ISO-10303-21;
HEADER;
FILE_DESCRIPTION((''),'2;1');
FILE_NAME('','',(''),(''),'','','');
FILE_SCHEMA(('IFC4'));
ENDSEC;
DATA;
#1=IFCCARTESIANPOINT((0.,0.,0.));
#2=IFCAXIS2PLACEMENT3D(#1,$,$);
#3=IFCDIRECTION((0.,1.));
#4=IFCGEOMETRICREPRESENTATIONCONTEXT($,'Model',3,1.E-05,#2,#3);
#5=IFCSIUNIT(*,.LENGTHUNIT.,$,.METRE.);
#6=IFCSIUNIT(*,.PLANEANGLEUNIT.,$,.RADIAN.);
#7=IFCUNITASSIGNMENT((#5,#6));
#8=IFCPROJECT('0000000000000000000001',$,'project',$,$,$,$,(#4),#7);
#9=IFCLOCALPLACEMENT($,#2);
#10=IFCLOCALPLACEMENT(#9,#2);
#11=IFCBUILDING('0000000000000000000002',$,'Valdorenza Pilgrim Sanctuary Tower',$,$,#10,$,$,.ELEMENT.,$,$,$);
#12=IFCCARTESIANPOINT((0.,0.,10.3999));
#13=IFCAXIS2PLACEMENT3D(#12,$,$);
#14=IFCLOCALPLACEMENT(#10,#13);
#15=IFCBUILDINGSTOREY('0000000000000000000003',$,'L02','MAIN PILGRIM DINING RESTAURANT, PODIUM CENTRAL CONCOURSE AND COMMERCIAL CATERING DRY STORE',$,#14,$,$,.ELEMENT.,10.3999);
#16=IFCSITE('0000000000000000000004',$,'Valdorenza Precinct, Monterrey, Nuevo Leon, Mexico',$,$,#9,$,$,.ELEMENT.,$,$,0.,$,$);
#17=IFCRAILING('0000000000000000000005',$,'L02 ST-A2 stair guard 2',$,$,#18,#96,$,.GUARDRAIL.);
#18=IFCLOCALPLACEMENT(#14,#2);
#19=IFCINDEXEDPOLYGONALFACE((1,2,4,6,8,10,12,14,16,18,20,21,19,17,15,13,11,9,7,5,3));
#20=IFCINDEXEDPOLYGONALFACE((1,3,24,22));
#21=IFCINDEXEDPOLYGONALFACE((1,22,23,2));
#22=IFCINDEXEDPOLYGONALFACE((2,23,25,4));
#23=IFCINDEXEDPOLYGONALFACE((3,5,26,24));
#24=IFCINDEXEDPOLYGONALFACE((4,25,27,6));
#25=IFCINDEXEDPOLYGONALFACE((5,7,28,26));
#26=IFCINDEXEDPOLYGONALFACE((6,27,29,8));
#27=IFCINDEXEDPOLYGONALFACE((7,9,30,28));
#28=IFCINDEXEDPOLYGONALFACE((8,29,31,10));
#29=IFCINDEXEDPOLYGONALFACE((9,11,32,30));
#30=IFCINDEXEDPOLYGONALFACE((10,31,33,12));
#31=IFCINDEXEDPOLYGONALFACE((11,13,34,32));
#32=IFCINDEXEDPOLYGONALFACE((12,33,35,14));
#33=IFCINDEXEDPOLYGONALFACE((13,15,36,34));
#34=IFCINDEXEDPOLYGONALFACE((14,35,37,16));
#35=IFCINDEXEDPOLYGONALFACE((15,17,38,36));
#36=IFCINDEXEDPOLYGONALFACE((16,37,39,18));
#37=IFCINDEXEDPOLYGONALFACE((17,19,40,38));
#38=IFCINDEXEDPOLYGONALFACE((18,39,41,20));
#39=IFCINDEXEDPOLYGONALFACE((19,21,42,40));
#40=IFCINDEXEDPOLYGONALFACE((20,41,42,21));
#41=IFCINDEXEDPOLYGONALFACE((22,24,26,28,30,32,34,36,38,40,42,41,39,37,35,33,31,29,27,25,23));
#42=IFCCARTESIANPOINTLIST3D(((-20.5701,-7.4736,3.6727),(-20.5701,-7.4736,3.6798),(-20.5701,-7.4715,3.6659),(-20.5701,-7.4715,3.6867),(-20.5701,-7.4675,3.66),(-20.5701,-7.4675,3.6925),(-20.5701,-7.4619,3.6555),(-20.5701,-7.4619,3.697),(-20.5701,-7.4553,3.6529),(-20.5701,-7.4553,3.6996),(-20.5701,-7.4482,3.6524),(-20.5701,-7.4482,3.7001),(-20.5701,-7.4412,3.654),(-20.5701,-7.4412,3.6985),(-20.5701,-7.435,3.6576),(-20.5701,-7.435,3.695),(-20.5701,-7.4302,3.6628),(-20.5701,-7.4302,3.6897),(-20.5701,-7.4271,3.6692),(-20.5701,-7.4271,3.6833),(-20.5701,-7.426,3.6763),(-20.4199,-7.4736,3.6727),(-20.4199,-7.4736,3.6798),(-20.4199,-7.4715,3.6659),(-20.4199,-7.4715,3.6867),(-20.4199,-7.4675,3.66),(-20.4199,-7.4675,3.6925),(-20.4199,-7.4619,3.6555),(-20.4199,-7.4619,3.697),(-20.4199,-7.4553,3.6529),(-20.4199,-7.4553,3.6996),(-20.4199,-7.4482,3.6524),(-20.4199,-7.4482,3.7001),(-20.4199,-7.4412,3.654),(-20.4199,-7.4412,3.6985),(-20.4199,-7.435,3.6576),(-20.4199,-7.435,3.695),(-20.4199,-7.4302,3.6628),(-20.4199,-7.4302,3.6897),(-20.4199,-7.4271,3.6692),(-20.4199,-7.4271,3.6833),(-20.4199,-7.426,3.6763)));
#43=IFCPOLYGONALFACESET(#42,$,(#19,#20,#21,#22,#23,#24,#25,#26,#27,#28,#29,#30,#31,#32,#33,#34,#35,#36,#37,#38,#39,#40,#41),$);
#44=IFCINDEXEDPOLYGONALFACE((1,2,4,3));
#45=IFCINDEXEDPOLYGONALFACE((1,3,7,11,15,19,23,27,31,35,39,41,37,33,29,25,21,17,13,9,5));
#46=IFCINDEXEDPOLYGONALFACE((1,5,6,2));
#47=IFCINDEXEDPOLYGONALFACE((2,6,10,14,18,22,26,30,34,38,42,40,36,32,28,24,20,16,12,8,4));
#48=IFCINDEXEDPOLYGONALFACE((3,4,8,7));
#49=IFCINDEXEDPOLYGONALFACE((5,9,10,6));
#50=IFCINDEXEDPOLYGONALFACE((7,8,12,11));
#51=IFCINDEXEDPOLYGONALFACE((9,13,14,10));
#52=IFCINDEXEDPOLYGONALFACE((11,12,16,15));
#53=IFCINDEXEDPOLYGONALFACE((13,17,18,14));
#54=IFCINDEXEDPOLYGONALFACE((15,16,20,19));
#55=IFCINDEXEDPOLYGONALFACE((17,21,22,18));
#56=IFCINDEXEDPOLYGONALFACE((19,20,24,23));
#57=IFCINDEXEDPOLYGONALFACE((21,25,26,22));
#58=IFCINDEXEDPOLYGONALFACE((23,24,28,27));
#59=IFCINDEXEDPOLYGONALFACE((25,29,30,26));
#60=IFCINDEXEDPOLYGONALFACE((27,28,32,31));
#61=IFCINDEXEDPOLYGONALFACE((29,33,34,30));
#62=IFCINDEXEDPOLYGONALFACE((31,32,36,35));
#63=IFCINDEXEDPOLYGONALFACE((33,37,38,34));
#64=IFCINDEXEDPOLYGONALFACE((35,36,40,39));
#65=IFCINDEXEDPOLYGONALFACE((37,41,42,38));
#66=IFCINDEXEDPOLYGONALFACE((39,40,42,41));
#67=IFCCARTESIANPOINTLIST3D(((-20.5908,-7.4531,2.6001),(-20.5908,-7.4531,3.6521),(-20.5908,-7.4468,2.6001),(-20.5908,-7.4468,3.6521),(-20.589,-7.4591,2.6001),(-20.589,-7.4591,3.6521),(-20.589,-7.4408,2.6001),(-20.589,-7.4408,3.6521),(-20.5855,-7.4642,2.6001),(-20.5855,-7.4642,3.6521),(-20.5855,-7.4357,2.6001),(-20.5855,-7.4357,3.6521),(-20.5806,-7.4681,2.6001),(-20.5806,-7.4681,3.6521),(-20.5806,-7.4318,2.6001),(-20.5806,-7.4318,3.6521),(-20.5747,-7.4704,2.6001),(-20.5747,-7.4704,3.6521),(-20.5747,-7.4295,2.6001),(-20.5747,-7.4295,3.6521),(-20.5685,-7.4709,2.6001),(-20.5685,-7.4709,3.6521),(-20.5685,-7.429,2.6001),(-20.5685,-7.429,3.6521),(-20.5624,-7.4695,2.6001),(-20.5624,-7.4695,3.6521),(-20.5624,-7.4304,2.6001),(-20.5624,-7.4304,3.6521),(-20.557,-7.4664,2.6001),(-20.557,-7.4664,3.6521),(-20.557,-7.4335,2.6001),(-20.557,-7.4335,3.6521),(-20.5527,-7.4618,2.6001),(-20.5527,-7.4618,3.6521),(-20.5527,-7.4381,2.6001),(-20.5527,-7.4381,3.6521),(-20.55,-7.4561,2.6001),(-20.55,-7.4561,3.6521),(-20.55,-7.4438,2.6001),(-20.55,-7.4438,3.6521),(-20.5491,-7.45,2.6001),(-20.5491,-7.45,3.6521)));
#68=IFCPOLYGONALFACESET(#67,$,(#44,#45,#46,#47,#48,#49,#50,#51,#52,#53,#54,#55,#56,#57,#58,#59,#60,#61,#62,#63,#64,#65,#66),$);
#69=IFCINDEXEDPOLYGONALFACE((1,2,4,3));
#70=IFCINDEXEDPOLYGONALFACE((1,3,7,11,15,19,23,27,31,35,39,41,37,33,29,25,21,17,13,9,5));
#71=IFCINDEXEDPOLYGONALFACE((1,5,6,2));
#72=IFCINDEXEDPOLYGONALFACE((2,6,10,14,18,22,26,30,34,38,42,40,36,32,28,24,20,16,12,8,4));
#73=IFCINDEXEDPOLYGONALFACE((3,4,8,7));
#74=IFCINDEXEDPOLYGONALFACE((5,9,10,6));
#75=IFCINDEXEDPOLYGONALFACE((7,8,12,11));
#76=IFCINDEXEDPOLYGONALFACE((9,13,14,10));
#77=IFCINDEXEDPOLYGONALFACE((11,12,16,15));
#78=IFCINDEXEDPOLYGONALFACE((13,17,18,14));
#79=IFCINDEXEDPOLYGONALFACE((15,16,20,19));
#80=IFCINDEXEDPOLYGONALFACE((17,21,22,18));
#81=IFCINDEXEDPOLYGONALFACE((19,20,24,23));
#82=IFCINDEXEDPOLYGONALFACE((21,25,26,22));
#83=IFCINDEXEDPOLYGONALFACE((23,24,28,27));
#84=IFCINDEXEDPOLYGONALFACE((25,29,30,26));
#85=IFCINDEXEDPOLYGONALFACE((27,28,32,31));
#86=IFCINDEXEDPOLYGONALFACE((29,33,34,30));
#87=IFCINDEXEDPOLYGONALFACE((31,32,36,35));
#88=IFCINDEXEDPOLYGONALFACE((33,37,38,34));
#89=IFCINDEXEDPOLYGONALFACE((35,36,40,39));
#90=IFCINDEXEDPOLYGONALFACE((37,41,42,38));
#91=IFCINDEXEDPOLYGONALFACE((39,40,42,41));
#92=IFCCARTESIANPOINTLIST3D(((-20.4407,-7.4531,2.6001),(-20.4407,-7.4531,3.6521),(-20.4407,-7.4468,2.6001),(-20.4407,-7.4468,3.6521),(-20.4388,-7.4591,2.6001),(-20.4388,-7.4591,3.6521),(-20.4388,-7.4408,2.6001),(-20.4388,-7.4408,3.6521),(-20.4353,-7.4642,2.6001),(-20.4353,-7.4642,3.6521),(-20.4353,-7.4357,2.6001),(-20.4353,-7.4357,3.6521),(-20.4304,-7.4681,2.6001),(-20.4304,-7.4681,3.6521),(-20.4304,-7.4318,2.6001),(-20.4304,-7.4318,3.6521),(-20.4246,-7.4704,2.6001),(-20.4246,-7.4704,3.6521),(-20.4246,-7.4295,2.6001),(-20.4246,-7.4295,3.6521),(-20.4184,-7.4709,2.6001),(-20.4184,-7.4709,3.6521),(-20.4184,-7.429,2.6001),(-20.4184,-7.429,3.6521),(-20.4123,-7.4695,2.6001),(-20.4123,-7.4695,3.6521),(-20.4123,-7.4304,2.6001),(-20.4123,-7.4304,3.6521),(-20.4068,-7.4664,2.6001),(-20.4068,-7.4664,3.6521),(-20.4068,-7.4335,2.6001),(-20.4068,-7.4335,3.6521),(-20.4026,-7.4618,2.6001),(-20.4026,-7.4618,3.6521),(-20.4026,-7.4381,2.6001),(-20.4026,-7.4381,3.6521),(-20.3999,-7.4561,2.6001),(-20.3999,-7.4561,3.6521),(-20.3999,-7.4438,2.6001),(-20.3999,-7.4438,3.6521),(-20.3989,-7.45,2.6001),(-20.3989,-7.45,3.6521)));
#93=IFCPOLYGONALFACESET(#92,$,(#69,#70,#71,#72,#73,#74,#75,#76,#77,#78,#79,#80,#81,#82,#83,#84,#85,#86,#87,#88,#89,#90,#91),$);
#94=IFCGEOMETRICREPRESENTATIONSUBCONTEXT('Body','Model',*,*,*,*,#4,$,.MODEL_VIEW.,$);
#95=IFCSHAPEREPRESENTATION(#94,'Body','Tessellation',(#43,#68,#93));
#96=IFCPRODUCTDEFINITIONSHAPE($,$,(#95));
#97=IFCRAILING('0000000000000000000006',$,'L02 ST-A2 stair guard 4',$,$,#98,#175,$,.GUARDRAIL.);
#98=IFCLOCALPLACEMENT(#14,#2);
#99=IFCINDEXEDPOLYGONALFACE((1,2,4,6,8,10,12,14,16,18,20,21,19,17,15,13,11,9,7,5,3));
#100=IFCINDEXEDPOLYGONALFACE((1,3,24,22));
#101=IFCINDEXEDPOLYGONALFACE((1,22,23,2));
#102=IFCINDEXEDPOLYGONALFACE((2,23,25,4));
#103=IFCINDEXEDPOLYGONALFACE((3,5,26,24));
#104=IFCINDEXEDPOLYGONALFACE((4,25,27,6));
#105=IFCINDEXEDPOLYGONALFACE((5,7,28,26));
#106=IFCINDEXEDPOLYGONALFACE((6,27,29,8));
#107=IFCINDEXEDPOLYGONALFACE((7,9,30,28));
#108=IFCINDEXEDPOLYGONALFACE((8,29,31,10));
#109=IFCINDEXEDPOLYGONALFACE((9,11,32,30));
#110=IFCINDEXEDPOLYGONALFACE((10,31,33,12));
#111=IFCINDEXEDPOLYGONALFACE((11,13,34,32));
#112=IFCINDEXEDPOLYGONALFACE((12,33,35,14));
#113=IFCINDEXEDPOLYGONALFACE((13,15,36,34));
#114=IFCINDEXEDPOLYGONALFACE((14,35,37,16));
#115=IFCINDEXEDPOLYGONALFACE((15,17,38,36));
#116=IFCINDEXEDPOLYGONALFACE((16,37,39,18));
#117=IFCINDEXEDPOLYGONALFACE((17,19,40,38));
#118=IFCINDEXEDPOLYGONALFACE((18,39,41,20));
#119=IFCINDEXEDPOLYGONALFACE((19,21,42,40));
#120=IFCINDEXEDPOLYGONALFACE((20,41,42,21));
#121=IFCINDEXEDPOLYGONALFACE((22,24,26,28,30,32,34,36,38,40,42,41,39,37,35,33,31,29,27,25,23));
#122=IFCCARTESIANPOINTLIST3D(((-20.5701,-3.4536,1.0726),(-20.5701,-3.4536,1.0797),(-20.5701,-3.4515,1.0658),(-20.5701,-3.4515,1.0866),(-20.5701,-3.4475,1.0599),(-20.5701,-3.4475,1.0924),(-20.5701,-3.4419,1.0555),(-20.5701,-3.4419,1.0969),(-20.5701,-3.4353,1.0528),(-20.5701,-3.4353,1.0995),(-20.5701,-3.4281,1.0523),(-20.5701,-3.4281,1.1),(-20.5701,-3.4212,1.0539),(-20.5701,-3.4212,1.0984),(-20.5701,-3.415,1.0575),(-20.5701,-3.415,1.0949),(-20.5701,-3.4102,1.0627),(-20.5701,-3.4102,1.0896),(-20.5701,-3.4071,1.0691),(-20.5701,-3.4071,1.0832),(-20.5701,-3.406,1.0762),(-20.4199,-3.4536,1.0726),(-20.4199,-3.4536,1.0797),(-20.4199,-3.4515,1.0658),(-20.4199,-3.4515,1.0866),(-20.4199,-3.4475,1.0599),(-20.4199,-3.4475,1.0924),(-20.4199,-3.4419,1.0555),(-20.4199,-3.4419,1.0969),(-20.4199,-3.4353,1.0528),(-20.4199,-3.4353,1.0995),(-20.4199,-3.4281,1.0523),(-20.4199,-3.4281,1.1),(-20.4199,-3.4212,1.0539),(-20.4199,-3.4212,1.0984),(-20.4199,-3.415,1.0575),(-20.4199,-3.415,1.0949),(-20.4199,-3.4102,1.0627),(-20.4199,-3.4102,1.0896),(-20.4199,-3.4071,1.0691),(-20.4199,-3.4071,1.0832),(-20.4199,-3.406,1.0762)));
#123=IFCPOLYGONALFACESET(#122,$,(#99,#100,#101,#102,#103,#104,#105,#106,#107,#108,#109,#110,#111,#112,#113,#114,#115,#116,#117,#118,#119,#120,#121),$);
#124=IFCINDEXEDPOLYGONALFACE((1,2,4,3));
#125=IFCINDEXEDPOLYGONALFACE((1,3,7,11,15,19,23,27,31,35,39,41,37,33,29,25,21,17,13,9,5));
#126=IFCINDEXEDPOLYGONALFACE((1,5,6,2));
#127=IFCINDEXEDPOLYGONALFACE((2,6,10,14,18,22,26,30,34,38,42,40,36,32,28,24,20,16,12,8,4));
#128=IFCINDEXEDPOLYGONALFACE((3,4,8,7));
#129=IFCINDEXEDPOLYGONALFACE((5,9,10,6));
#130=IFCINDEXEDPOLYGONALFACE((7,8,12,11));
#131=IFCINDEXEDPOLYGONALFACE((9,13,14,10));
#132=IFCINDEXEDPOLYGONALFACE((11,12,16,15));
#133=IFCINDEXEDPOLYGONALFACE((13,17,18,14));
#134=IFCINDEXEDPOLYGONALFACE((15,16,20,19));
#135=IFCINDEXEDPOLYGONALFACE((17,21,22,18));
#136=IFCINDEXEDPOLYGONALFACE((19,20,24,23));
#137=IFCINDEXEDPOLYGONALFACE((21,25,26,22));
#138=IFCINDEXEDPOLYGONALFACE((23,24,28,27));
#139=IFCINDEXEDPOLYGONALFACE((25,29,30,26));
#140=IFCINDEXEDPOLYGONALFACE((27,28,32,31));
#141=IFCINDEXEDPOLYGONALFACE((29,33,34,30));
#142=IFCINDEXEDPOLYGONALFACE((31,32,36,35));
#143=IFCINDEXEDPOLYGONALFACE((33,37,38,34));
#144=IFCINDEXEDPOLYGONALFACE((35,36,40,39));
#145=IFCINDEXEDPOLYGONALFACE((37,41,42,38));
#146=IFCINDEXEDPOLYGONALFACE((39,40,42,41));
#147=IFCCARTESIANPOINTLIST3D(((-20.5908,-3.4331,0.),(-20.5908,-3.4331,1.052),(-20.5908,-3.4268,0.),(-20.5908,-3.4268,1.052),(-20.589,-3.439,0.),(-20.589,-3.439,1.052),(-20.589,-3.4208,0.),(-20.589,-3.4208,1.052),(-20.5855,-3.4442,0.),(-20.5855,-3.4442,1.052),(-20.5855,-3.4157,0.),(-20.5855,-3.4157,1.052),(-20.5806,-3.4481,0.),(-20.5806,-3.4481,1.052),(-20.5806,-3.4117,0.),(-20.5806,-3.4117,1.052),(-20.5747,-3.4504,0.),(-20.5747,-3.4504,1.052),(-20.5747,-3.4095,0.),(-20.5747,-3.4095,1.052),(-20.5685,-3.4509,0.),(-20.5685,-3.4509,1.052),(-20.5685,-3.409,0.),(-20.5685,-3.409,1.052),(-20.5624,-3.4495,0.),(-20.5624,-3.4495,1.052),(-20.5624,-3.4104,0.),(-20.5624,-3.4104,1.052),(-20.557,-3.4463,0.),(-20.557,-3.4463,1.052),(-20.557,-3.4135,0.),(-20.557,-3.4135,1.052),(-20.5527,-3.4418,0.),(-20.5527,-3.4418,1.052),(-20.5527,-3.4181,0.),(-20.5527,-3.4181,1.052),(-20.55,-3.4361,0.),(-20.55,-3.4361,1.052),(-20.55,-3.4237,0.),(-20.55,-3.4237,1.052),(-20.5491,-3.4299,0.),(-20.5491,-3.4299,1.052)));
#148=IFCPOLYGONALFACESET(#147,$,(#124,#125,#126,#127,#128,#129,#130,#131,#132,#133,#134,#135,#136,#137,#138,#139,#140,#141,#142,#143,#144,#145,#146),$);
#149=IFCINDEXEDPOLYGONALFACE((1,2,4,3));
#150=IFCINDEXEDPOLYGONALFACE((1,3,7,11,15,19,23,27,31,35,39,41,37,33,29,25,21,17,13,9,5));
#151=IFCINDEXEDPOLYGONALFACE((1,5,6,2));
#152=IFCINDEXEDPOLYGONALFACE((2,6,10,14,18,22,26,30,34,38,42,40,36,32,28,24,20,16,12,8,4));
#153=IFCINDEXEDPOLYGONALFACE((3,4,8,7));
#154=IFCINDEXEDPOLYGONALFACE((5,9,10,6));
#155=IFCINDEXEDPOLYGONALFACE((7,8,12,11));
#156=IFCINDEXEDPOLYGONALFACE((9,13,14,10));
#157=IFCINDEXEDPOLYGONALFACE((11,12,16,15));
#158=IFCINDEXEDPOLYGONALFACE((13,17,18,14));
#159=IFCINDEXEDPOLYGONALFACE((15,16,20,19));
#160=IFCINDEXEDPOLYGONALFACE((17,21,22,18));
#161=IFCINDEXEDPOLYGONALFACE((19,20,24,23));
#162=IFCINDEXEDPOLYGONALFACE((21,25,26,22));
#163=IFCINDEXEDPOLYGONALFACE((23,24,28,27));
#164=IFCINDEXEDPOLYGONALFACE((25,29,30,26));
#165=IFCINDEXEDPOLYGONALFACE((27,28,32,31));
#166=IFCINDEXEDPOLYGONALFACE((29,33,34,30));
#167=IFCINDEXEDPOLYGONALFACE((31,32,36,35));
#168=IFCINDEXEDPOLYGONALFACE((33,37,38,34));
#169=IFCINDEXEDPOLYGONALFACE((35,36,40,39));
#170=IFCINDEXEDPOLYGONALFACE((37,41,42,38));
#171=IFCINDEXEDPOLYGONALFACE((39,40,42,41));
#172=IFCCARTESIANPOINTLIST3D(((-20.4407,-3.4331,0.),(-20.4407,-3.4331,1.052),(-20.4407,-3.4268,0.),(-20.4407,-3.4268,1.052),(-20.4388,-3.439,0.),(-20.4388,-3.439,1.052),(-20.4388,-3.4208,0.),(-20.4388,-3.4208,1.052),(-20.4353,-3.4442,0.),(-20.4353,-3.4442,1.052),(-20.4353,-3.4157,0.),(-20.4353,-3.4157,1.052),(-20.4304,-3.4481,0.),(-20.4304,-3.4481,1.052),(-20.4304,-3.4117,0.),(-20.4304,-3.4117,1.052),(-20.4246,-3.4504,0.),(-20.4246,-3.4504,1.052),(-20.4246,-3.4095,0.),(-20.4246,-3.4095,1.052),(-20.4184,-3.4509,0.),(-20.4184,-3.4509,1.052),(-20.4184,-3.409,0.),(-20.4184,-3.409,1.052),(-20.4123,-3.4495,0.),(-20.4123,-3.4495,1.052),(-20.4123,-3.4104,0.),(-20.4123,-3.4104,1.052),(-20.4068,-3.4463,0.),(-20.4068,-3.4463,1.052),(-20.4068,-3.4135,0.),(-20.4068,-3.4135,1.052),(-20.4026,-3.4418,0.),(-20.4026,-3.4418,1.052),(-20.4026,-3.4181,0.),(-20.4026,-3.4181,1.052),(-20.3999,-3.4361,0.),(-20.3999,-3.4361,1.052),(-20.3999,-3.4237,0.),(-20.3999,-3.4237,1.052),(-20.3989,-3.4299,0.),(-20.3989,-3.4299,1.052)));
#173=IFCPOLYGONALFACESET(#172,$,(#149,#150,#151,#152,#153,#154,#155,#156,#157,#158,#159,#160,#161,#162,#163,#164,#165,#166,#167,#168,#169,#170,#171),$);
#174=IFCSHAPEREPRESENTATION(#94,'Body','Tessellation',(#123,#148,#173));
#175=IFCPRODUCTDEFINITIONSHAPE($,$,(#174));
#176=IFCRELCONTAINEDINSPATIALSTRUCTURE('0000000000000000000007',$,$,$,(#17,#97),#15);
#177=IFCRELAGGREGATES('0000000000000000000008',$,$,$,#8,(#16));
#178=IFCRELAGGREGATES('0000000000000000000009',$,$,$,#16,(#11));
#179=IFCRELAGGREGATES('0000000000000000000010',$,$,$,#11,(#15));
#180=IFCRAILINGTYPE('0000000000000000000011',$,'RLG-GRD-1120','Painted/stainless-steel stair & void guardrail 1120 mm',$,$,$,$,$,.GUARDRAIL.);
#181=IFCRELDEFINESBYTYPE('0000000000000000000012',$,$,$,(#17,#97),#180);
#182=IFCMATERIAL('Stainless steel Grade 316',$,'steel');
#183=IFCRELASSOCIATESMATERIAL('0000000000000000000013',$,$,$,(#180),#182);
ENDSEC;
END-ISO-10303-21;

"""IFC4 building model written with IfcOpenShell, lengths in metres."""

from ifc_helpers import new_model, si_unit, direction, frame, origin, origin_2d, place, context, subcontext, project, spatial, circle, extrude, material, type_object, element, save


model = new_model("IFC4")

# Units and contexts
model_context = context("Model", 3, precision=1e-05, world=origin(), true_north=direction((0.0, 1.0)))
body_context = subcontext(model_context, "Body", "Model", "MODEL_VIEW")
ifc_project = project(units=[si_unit("LENGTHUNIT", "METRE"), si_unit("PLANEANGLEUNIT", "RADIAN")], contexts=[model_context])

# Site, building, storey
site_placement = place(None, origin())
site = spatial("IfcSite", under=ifc_project, at=site_placement, Name="Valdorenza Precinct, Monterrey, Nuevo Leon, Mexico", CompositionType="ELEMENT", RefElevation=0.0)
building_placement = place(site_placement, origin())
building = spatial("IfcBuilding", under=site, at=building_placement, Name="Valdorenza Pilgrim Sanctuary Tower", CompositionType="ELEMENT")
storey_placement = place(building_placement, frame((0.0, 0.0, 10.3999)))
storey = spatial("IfcBuildingStorey", under=building, at=storey_placement, Name="L02", Description="MAIN PILGRIM DINING RESTAURANT, PODIUM CENTRAL CONCOURSE AND COMMERCIAL CATERING DRY STORE", CompositionType="ELEMENT", Elevation=10.3999)

# Railings
ifc_material_1 = material(Name="Stainless steel Grade 316", Category="steel")
railing_type_1 = type_object("IfcRailingType", Name="RLG-GRD-1120", Description="Painted/stainless-steel stair & void guardrail 1120 mm", PredefinedType="GUARDRAIL", material=ifc_material_1)
for number, where, name in (
    (1, (-20.5701, -7.45, 2.6001), "L02 ST-A2 stair guard 2"),
    (2, (-20.5701, -3.4299, 0.0), "L02 ST-A2 stair guard 4"),
):
    element("IfcRailing", number, at=place(storey_placement, frame(where)), inside=storey, type_object=railing_type_1, Name=name, PredefinedType="GUARDRAIL", context=body_context, shape_type="SweptSolid", body=[
        extrude(circle(Radius=0.0239, at=origin_2d()), frame((0.0, 0.0, 1.0762), z_axis=(1.0, 0.0, 0.0), x_axis=(0.0, 1.0, 0.0)), (0.0, 0.0, 1.0), 0.1501),
        extrude(circle(Radius=0.021, at=origin_2d()), origin(), (0.0, 0.0, 1.0), 1.052),
        extrude(circle(Radius=0.021, at=origin_2d()), frame((0.1501, 0.0, 0.0)), (0.0, 0.0, 1.0), 1.052),
    ])

save(model, "model.ifc")
